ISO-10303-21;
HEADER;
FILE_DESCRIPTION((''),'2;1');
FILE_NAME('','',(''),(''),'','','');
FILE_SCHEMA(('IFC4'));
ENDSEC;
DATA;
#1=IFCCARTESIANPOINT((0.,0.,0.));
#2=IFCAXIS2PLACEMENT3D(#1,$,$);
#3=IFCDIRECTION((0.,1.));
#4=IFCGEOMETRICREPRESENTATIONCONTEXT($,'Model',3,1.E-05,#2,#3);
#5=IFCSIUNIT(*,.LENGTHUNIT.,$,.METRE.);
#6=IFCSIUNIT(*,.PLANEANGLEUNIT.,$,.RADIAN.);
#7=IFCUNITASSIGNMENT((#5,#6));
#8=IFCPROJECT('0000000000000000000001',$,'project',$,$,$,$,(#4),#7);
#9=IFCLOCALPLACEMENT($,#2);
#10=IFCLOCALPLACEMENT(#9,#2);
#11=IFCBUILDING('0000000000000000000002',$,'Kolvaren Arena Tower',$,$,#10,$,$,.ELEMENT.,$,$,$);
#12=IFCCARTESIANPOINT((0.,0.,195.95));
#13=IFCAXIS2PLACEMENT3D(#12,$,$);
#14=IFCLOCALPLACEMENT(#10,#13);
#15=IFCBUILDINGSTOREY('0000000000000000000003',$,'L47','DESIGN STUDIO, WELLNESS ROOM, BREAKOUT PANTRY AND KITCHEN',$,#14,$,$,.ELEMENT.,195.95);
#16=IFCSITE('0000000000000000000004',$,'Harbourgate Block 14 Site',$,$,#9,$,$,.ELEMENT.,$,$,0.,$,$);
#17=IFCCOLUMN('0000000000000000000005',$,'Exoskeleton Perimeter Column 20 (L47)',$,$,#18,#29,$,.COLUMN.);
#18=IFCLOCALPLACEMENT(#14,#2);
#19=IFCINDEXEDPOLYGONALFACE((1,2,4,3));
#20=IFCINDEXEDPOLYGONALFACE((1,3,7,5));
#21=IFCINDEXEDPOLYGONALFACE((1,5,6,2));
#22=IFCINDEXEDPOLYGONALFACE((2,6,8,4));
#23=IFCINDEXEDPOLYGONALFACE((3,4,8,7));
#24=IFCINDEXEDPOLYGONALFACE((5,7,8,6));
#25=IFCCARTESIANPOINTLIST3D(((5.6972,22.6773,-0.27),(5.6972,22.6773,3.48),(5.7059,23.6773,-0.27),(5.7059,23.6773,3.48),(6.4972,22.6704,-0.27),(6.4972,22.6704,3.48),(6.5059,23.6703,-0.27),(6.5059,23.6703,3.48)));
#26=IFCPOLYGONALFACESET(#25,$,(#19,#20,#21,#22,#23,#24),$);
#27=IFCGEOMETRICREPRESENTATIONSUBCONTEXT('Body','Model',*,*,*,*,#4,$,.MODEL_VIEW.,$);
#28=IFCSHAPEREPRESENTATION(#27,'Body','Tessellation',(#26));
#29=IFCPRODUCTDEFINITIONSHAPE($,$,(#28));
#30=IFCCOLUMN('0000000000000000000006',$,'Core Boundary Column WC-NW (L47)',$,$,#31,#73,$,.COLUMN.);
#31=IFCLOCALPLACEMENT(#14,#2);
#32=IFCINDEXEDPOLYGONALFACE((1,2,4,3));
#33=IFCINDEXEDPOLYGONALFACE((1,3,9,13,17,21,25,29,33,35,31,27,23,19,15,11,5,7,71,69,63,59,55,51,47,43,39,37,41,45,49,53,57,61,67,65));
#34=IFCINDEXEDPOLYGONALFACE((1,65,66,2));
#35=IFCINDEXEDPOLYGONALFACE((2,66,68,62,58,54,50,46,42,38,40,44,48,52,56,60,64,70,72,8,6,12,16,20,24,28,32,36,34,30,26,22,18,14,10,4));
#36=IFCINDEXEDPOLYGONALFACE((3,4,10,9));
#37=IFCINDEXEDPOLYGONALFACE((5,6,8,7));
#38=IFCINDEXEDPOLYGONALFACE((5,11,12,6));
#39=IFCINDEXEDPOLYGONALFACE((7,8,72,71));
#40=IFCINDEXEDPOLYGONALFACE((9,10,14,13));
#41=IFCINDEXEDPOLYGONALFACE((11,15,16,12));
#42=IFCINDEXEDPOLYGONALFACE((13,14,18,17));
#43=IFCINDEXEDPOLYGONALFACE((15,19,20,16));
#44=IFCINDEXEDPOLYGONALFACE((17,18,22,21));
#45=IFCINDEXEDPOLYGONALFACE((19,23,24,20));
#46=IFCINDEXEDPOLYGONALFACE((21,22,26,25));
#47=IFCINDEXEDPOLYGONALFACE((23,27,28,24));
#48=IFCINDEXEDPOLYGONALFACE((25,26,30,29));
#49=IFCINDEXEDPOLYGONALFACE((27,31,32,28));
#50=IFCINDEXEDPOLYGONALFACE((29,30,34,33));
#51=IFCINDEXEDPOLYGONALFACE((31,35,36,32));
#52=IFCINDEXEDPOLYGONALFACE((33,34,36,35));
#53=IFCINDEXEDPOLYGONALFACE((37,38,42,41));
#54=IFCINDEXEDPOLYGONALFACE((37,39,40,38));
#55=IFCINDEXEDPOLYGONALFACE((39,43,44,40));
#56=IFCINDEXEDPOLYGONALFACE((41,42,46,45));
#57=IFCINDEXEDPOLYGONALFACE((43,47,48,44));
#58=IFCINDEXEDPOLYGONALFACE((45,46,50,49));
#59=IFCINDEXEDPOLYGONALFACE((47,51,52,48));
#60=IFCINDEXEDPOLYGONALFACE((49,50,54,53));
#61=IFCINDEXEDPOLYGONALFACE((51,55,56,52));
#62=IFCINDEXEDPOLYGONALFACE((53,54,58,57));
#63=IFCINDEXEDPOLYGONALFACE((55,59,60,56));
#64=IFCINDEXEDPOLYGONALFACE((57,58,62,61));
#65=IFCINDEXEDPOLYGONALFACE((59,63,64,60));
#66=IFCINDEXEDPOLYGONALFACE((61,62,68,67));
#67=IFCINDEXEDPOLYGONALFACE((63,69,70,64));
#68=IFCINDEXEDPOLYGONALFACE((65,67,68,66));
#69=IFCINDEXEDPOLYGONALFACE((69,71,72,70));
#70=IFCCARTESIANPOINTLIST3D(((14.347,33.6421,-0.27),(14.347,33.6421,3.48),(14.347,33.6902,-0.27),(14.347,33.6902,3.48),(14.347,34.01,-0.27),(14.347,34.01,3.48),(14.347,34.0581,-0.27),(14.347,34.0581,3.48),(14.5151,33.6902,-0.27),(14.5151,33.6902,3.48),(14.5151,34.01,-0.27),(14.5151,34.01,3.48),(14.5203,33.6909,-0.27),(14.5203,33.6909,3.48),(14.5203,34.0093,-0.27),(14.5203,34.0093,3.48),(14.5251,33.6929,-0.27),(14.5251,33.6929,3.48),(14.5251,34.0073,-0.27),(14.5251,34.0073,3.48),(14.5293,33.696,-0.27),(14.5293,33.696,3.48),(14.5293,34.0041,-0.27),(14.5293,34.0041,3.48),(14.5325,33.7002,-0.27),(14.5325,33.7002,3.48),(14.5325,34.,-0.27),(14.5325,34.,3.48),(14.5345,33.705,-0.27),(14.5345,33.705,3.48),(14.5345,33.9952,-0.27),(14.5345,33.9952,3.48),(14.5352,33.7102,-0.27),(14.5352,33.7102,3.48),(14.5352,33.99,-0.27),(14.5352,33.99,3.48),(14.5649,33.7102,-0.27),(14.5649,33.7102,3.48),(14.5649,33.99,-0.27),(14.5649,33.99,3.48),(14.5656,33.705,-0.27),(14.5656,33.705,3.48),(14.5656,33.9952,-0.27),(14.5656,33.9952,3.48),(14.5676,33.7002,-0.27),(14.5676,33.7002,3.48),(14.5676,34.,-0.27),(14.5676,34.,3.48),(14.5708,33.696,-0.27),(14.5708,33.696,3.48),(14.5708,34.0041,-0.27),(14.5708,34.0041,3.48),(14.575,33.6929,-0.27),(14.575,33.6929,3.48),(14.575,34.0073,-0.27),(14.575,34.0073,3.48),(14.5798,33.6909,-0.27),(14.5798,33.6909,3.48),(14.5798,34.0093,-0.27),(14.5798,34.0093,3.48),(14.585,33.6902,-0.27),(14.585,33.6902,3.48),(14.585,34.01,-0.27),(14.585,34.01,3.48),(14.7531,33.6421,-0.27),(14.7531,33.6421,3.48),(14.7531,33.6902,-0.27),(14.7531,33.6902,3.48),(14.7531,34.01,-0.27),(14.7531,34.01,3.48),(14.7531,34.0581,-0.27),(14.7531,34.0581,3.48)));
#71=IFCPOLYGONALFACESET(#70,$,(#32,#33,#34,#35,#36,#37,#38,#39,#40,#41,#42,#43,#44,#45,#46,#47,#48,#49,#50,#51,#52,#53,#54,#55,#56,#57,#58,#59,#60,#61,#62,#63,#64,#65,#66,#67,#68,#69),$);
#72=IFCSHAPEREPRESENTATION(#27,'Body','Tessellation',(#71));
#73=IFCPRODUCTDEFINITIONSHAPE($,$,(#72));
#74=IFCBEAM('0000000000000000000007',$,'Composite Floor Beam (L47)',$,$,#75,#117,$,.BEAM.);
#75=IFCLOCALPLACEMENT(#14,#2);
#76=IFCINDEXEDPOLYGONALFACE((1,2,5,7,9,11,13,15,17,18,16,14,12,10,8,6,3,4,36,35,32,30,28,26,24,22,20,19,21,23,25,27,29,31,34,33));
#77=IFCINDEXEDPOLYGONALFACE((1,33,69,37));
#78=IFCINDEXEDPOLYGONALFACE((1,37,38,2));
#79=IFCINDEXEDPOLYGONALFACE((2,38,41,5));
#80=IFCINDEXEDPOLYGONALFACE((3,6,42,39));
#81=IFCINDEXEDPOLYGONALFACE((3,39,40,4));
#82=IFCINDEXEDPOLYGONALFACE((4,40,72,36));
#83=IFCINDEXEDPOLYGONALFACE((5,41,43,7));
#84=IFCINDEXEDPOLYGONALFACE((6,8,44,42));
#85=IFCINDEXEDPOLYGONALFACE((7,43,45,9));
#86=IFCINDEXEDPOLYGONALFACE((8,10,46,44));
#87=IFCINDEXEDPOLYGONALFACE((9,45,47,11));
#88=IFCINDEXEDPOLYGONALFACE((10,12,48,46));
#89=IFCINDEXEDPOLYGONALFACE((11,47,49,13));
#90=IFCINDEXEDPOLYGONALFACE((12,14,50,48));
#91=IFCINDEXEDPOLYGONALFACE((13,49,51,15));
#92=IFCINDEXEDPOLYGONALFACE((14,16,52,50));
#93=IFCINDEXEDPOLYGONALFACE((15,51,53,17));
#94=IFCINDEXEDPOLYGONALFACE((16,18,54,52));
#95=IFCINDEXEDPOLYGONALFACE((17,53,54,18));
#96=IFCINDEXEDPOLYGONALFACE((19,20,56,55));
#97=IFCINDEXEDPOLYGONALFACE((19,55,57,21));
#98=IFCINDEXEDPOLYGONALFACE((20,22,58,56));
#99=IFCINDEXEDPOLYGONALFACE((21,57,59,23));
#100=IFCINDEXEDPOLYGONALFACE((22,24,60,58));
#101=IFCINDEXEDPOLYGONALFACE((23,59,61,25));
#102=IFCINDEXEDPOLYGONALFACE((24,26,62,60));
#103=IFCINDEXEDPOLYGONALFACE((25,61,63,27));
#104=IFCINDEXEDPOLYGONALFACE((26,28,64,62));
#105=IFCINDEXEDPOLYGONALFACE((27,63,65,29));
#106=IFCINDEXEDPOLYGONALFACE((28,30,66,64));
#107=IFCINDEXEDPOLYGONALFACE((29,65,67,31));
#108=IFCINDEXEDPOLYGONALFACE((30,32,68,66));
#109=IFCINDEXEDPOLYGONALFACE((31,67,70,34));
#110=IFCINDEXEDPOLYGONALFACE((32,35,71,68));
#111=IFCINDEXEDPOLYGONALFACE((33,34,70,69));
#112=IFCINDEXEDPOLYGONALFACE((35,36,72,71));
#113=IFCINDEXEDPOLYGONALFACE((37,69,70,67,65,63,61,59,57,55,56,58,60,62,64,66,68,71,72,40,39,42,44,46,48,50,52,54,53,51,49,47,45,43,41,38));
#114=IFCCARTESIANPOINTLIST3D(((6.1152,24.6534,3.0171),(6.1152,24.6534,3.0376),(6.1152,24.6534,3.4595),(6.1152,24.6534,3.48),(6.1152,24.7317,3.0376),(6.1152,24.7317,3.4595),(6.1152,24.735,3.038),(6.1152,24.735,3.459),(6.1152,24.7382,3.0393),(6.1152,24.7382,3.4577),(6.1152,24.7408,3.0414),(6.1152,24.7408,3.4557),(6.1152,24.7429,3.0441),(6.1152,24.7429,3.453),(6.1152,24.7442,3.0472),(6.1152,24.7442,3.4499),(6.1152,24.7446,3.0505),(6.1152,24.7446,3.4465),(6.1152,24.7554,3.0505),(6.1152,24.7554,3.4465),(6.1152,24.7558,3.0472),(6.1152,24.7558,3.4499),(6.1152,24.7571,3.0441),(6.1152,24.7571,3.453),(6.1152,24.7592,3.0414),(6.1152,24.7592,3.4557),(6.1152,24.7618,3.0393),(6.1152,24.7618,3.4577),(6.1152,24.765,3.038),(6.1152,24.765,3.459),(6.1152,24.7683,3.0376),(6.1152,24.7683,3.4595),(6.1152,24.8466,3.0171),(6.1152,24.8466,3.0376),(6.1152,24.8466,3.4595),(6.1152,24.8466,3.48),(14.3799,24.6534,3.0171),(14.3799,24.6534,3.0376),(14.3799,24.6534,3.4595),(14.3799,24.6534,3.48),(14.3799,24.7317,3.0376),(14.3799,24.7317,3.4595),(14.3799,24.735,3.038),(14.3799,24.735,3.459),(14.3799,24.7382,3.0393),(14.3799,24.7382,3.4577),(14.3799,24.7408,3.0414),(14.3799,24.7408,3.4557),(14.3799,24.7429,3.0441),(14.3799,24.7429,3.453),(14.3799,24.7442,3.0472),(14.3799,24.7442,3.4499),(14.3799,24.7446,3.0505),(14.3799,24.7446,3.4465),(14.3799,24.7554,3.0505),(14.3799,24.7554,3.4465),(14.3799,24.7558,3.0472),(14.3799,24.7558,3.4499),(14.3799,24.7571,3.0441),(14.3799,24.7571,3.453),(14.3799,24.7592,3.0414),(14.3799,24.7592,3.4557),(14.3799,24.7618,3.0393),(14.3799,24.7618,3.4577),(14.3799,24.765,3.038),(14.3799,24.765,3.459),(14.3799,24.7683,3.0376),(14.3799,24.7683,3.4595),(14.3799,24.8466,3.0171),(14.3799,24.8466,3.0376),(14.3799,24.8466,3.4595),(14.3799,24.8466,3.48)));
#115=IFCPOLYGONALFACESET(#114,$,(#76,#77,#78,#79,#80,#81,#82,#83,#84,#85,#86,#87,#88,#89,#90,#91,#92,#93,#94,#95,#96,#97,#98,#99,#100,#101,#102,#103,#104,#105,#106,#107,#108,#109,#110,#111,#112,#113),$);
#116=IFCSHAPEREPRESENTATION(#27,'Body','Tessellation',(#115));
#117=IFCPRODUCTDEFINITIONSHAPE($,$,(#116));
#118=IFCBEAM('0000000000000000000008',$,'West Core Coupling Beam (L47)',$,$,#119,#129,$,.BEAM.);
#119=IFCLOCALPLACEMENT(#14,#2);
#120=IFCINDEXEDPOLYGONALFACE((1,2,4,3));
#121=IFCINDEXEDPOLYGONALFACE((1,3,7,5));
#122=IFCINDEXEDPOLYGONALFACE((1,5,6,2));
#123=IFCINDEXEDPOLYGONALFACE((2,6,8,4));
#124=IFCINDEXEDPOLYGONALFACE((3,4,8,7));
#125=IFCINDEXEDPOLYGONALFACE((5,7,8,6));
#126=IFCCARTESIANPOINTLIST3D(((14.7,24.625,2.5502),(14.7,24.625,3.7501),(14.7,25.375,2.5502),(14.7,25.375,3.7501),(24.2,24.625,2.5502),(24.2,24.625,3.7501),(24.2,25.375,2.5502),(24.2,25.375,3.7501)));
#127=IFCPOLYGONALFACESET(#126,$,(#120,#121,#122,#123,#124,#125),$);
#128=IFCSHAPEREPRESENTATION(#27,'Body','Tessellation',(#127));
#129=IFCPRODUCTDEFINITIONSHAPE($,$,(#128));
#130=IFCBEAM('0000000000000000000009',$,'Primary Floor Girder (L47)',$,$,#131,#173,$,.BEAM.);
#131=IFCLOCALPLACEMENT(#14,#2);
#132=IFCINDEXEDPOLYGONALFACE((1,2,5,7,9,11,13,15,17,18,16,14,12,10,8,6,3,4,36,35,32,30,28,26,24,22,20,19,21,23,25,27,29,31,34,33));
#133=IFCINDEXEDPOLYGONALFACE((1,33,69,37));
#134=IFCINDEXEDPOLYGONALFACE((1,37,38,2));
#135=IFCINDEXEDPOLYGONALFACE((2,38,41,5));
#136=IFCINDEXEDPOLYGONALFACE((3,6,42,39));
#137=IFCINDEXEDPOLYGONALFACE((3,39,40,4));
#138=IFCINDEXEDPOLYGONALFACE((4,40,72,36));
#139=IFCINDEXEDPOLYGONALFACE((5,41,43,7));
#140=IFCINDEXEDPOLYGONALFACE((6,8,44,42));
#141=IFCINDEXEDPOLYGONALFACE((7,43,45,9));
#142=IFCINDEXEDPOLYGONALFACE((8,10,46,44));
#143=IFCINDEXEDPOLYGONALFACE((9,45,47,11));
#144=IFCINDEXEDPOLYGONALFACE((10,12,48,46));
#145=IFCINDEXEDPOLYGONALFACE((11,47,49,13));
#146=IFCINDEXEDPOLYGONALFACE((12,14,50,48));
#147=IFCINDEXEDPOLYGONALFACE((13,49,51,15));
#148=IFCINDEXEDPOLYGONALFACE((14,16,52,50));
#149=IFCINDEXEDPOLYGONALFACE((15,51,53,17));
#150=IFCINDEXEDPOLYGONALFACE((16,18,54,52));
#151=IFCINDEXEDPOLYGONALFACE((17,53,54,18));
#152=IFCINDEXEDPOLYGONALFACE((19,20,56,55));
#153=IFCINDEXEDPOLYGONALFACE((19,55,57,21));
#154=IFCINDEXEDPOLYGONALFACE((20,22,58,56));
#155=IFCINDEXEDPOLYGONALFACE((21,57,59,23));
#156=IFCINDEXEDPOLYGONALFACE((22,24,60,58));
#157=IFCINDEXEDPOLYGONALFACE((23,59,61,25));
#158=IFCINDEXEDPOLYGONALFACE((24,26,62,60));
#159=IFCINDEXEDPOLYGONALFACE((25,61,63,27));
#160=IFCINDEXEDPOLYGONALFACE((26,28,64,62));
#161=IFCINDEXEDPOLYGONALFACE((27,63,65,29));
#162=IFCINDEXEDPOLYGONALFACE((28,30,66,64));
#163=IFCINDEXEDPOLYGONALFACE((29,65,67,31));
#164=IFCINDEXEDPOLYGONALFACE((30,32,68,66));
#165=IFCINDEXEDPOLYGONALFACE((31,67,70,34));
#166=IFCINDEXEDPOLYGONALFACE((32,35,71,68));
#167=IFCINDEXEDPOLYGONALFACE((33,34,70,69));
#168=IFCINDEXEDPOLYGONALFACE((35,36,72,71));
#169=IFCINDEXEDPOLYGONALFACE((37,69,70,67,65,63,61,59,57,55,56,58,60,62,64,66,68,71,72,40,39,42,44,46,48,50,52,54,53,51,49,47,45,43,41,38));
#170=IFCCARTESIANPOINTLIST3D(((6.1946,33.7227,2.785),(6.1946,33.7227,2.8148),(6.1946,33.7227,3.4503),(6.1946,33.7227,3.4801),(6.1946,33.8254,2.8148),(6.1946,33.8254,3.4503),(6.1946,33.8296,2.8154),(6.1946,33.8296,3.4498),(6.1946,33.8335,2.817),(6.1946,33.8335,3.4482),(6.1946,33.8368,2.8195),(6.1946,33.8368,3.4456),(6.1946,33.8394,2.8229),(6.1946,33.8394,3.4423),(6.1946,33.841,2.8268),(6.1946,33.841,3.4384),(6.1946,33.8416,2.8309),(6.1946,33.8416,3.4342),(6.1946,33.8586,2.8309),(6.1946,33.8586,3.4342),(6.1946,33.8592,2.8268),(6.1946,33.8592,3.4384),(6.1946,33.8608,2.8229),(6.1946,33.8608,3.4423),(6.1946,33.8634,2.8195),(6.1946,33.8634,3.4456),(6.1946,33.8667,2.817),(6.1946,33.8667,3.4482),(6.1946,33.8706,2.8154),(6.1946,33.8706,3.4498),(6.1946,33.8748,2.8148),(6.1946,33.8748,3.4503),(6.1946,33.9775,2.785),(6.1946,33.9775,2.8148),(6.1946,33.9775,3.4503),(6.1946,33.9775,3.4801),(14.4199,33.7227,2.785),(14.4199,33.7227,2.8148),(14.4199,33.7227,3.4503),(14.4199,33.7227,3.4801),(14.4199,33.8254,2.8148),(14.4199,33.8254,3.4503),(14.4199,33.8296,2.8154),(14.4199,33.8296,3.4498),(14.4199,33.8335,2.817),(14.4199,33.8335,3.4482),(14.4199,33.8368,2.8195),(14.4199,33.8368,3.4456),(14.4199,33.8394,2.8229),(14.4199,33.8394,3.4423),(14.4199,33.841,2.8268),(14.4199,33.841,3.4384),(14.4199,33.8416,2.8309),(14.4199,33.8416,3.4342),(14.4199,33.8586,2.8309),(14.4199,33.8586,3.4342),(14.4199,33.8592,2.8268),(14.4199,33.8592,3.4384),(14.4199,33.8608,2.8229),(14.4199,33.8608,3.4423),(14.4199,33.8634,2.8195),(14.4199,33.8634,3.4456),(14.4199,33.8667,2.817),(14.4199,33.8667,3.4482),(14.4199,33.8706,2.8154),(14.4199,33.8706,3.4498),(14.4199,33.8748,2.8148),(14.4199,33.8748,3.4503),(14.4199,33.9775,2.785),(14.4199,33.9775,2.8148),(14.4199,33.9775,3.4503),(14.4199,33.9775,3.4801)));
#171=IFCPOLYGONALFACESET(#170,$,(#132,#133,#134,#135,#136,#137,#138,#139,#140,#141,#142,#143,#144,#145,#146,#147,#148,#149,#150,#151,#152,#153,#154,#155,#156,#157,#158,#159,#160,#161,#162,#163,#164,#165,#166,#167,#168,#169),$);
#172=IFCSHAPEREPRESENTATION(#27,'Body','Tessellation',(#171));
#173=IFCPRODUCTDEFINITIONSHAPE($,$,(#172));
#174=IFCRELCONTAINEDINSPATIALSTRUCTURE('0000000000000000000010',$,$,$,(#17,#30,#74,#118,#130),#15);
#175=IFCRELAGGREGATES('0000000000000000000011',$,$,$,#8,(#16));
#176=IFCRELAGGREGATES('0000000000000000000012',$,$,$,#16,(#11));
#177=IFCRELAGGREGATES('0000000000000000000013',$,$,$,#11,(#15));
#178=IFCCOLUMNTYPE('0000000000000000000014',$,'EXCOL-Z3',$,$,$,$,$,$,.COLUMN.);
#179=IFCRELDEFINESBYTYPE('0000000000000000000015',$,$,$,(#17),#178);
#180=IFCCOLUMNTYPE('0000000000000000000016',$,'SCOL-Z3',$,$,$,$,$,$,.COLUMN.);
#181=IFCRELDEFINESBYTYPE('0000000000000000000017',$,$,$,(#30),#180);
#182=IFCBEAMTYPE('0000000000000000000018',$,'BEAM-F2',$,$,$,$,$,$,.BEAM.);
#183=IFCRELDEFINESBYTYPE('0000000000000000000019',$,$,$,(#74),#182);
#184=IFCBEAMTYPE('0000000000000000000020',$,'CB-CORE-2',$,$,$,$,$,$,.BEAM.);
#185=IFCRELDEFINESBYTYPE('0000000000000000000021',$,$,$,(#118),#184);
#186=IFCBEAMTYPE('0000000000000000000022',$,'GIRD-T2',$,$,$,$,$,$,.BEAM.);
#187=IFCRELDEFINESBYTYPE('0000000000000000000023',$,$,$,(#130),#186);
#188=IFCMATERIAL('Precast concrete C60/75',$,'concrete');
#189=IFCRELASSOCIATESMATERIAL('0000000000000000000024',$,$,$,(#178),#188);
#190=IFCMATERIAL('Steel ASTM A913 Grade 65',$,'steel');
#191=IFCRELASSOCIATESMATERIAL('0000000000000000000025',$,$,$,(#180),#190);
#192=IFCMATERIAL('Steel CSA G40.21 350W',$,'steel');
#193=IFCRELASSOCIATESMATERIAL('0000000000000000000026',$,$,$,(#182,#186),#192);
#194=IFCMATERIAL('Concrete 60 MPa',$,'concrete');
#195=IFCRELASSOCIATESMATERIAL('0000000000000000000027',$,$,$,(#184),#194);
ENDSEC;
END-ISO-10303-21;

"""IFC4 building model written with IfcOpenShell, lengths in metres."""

from ifc_helpers import new_model, si_unit, direction, frame, origin, origin_2d, place, context, subcontext, project, spatial, rectangle, i_section, extrude, material, material_profile, profile_set, type_object, element, save


model = new_model("IFC4")

# Units and contexts
model_context = context("Model", 3, precision=1e-05, world=origin(), true_north=direction((0.0, 1.0)))
body_context = subcontext(model_context, "Body", "Model", "MODEL_VIEW")
ifc_project = project(units=[si_unit("LENGTHUNIT", "METRE"), si_unit("PLANEANGLEUNIT", "RADIAN")], contexts=[model_context])

# Site, building, storey
site_placement = place(None, origin())
site = spatial("IfcSite", under=ifc_project, at=site_placement, Name="Harbourgate Block 14 Site", CompositionType="ELEMENT", RefElevation=0.0)
building_placement = place(site_placement, origin())
building = spatial("IfcBuilding", under=site, at=building_placement, Name="Kolvaren Arena Tower", CompositionType="ELEMENT")
storey_placement = place(building_placement, frame((0.0, 0.0, 195.95)))
storey = spatial("IfcBuildingStorey", under=building, at=storey_placement, Name="L47", Description="DESIGN STUDIO, WELLNESS ROOM, BREAKOUT PANTRY AND KITCHEN", CompositionType="ELEMENT", Elevation=195.95)

# Columns
ifc_material_1 = material(Name="Precast concrete C60/75", Category="concrete")
ifc_material_profile_1 = material_profile(ifc_material_1, rectangle(XDim=1.0, YDim=0.8, at=origin_2d()), Name="RC-1000x800")
ifc_profile_set_1 = profile_set([ifc_material_profile_1], Name="Precast concrete C60/75")
column_type_1 = type_object("IfcColumnType", Name="EXCOL-Z3", PredefinedType="COLUMN", material=ifc_profile_set_1)
column_1_placement = place(storey_placement, frame((6.1016, 23.1738, -0.27), z_axis=(0.0, 0.0, 1.0), x_axis=(0.008727, 0.999962, 0.0)))
element("IfcColumn", 1, at=column_1_placement, inside=storey, type_object=column_type_1, Name="Exoskeleton Perimeter Column 20 (L47)", PredefinedType="COLUMN", context=body_context, shape_type="SweptSolid", body=[
    extrude(rectangle(XDim=1.0, YDim=0.8, at=origin_2d()), origin(), (0.0, 0.0, 1.0), 3.75),
])
ifc_material_2 = material(Name="Steel ASTM A913 Grade 65", Category="steel")
ifc_material_profile_2 = material_profile(ifc_material_2, i_section(OverallWidth=0.406, OverallDepth=0.416, WebThickness=0.0298, FlangeThickness=0.0481, FilletRadius=0.02, at=origin_2d()), Name="W360x382")
ifc_profile_set_2 = profile_set([ifc_material_profile_2], Name="Steel ASTM A913 Grade 65")
column_type_2 = type_object("IfcColumnType", Name="SCOL-Z3", PredefinedType="COLUMN", material=ifc_profile_set_2)
column_2_placement = place(storey_placement, frame((14.55, 33.8501, -0.27), z_axis=(0.0, 0.0, 1.0), x_axis=(1.0, 0.0, 0.0)))
element("IfcColumn", 2, at=column_2_placement, inside=storey, type_object=column_type_2, Name="Core Boundary Column WC-NW (L47)", PredefinedType="COLUMN", context=body_context, shape_type="SweptSolid", body=[
    extrude(i_section(OverallWidth=0.406, OverallDepth=0.416, WebThickness=0.0298, FlangeThickness=0.0481, FilletRadius=0.02, at=origin_2d()), origin(), (0.0, 0.0, 1.0), 3.75),
])

# Beams
ifc_material_3 = material(Name="Steel CSA G40.21 350W", Category="steel")
ifc_material_profile_3 = material_profile(ifc_material_3, i_section(OverallWidth=0.1931, OverallDepth=0.4629, WebThickness=0.0107, FlangeThickness=0.0205, FilletRadius=0.0129, at=origin_2d()), Name="W460x113")
ifc_profile_set_3 = profile_set([ifc_material_profile_3], Name="Steel CSA G40.21 350W")
beam_type_1 = type_object("IfcBeamType", Name="BEAM-F2", PredefinedType="BEAM", material=ifc_profile_set_3)
beam_1_placement = place(storey_placement, frame((6.1152, 24.75, 3.2485), z_axis=(1.0, 0.0, 0.0), x_axis=(0.0, 1.0, 0.0)))
element("IfcBeam", 3, at=beam_1_placement, inside=storey, type_object=beam_type_1, Name="Composite Floor Beam (L47)", PredefinedType="BEAM", context=body_context, shape_type="SweptSolid", body=[
    extrude(i_section(OverallWidth=0.1931, OverallDepth=0.4629, WebThickness=0.0107, FlangeThickness=0.0205, FilletRadius=0.0129, at=origin_2d()), origin(), (0.0, 0.0, 1.0), 8.2646),
])
ifc_material_4 = material(Name="Concrete 60 MPa", Category="concrete")
ifc_material_profile_4 = material_profile(ifc_material_4, rectangle(XDim=0.75, YDim=1.2, at=origin_2d()), Name="RC-750x1200")
ifc_profile_set_4 = profile_set([ifc_material_profile_4], Name="Concrete 60 MPa")
beam_type_2 = type_object("IfcBeamType", Name="CB-CORE-2", PredefinedType="BEAM", material=ifc_profile_set_4)
beam_2_placement = place(storey_placement, frame((14.7, 25.0, 3.1501), z_axis=(1.0, 0.0, 0.0), x_axis=(0.0, 1.0, 0.0)))
element("IfcBeam", 4, at=beam_2_placement, inside=storey, type_object=beam_type_2, Name="West Core Coupling Beam (L47)", PredefinedType="BEAM", context=body_context, shape_type="SweptSolid", body=[
    extrude(rectangle(XDim=0.75, YDim=1.2, at=origin_2d()), origin(), (0.0, 0.0, 1.0), 9.5),
])
ifc_material_profile_5 = material_profile(ifc_material_3, i_section(OverallWidth=0.2549, OverallDepth=0.6951, WebThickness=0.0171, FlangeThickness=0.0298, FilletRadius=0.0161, at=origin_2d()), Name="W690x217")
ifc_profile_set_5 = profile_set([ifc_material_profile_5], Name="Steel CSA G40.21 350W")
beam_type_3 = type_object("IfcBeamType", Name="GIRD-T2", PredefinedType="BEAM", material=ifc_profile_set_5)
beam_3_placement = place(storey_placement, frame((6.1946, 33.8501, 3.1326), z_axis=(1.0, 0.0, 0.0), x_axis=(0.0, 1.0, 0.0)))
element("IfcBeam", 5, at=beam_3_placement, inside=storey, type_object=beam_type_3, Name="Primary Floor Girder (L47)", PredefinedType="BEAM", context=body_context, shape_type="SweptSolid", body=[
    extrude(i_section(OverallWidth=0.2549, OverallDepth=0.6951, WebThickness=0.0171, FlangeThickness=0.0298, FilletRadius=0.0161, at=origin_2d()), origin(), (0.0, 0.0, 1.0), 8.2253),
])

save(model, "model.ifc")
